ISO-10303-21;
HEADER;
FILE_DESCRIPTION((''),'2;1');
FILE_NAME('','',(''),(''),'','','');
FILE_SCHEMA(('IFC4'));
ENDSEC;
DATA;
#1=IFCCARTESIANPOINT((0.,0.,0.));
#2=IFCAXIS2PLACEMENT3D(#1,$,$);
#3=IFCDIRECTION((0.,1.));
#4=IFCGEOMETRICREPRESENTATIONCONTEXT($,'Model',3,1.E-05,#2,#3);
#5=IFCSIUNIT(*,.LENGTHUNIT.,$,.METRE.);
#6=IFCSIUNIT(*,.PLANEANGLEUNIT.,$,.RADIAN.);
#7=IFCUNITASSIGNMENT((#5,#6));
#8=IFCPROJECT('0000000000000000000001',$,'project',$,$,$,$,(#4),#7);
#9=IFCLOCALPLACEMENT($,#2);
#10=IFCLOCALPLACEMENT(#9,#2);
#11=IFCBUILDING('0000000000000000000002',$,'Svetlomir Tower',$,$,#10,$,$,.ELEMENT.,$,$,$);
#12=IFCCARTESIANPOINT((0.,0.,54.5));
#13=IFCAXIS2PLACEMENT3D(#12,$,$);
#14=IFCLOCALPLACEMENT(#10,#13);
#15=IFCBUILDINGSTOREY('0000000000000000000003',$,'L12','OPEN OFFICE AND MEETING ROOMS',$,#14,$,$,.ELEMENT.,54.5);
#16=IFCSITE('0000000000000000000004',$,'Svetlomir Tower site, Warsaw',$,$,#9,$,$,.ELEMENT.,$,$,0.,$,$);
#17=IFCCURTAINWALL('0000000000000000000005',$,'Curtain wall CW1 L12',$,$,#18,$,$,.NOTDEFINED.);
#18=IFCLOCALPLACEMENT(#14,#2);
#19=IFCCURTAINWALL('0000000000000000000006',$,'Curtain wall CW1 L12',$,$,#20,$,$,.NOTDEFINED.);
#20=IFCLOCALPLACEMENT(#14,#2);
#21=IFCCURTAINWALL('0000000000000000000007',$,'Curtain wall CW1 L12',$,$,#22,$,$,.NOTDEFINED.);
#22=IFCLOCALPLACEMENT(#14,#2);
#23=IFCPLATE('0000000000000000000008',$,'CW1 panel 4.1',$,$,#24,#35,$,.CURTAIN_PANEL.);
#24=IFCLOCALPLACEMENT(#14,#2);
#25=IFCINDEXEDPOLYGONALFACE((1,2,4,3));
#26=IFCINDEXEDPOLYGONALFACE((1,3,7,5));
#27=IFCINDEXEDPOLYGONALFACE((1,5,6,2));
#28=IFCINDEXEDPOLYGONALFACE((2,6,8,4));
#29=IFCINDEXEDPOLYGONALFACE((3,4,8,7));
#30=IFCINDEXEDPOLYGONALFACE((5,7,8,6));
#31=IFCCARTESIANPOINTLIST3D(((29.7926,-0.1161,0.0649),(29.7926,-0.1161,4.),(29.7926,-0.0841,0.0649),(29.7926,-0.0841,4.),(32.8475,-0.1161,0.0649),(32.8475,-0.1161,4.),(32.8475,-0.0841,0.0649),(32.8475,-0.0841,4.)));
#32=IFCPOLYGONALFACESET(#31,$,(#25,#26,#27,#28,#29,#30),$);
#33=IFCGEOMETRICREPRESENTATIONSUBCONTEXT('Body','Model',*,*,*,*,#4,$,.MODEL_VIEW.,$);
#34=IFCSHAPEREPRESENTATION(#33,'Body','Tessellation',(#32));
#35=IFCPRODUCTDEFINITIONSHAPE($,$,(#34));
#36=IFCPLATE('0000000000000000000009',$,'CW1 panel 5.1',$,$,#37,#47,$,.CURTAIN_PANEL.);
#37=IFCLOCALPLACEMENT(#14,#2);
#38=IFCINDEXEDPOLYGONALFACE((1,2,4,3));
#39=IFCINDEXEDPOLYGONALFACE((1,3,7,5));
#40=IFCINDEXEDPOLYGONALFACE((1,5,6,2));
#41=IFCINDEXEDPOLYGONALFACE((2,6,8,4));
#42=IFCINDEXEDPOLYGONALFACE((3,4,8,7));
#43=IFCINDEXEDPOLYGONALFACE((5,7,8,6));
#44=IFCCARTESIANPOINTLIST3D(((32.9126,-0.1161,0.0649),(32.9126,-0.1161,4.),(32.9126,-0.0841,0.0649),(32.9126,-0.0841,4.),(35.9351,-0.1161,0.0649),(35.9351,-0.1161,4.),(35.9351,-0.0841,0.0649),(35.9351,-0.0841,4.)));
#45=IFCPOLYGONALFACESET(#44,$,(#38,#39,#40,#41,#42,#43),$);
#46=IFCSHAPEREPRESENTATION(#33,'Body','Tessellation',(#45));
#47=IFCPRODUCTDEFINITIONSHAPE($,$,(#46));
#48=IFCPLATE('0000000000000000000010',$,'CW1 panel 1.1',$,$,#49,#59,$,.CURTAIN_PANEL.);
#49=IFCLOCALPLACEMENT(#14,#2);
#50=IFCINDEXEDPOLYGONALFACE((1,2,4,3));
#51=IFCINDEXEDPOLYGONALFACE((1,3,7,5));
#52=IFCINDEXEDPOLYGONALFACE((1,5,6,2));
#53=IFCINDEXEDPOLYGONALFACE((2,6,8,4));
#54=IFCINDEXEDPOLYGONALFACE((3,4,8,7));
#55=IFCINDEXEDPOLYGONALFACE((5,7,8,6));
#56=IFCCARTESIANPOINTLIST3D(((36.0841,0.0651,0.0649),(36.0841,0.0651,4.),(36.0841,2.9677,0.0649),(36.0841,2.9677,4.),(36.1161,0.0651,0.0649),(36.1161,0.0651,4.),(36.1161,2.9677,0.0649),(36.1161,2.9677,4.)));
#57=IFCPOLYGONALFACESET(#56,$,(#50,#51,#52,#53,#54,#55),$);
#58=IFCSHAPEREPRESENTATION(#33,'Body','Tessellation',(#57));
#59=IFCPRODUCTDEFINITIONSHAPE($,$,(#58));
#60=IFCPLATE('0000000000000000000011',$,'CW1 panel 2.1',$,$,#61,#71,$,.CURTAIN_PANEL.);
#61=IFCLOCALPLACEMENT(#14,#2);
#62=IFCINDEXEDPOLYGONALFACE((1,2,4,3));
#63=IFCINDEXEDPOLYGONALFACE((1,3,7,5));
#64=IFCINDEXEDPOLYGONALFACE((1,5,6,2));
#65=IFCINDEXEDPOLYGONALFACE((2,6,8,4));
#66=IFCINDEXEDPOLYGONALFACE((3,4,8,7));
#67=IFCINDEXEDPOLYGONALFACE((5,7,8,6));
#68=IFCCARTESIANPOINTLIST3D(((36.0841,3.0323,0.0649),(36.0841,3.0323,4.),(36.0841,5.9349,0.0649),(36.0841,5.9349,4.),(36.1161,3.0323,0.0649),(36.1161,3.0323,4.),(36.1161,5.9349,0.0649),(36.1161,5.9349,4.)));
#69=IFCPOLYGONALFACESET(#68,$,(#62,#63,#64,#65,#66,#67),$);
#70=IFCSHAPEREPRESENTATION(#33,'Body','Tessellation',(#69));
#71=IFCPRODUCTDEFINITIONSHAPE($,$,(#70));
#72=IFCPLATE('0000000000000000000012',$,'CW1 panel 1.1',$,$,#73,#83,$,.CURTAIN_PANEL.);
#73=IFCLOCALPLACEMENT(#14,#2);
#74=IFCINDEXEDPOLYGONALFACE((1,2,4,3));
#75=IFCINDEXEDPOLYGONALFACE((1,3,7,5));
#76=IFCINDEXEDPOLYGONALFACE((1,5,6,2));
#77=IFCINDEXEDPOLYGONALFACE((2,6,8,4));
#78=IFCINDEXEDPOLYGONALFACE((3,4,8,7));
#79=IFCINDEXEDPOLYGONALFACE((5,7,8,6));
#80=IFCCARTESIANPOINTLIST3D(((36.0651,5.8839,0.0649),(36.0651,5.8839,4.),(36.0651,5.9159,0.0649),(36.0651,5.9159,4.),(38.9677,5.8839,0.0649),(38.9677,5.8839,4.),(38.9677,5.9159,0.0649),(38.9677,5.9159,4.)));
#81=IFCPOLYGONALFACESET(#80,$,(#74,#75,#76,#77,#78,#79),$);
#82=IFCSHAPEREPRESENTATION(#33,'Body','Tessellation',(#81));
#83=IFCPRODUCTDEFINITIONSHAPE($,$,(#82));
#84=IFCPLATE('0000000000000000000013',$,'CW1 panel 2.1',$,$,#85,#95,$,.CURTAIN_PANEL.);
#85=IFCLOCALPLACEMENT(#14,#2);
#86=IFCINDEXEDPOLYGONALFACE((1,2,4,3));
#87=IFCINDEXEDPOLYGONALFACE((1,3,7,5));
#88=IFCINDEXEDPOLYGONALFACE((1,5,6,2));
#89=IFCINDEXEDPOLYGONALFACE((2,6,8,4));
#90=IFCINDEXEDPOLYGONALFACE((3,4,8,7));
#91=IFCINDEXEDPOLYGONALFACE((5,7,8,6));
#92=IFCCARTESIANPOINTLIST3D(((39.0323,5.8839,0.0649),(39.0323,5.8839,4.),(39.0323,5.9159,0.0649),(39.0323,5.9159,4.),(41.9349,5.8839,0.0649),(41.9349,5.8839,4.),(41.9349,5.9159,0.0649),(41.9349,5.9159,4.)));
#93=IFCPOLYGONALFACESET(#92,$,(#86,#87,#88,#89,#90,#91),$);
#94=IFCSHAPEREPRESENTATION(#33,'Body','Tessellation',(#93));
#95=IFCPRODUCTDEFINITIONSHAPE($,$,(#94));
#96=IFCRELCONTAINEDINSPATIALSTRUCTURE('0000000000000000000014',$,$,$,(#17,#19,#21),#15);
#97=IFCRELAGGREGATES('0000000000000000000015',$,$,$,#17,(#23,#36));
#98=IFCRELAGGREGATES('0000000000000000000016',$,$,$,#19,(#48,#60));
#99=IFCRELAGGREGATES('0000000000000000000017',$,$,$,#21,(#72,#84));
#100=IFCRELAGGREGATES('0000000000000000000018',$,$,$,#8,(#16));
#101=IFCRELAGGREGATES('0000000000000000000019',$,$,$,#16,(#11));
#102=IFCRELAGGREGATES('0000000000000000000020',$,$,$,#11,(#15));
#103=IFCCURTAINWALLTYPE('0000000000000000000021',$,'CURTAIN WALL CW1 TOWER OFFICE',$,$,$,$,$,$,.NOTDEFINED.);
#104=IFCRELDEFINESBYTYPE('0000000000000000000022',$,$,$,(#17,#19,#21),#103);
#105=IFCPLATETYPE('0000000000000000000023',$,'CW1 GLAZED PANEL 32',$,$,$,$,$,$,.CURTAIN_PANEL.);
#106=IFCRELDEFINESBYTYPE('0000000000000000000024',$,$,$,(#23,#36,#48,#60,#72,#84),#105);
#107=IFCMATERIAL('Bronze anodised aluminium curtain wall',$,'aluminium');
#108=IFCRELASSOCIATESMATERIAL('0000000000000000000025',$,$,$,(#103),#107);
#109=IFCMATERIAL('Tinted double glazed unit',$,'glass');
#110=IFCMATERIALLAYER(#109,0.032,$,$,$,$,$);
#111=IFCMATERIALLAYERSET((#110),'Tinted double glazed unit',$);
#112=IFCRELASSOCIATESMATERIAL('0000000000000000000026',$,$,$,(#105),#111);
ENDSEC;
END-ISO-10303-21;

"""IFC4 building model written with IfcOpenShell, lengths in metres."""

from ifc_helpers import new_model, si_unit, direction, frame, origin, origin_2d, place, context, subcontext, project, spatial, rectangle, extrude, material, layer, layer_set, type_object, element, aggregate, save


model = new_model("IFC4")

# Units and contexts
model_context = context("Model", 3, precision=1e-05, world=origin(), true_north=direction((0.0, 1.0)))
body_context = subcontext(model_context, "Body", "Model", "MODEL_VIEW")
ifc_project = project(units=[si_unit("LENGTHUNIT", "METRE"), si_unit("PLANEANGLEUNIT", "RADIAN")], contexts=[model_context])

# Site, building, storey
site_placement = place(None, origin())
site = spatial("IfcSite", under=ifc_project, at=site_placement, Name="Svetlomir Tower site, Warsaw", CompositionType="ELEMENT", RefElevation=0.0)
building_placement = place(site_placement, origin())
building = spatial("IfcBuilding", under=site, at=building_placement, Name="Svetlomir Tower", CompositionType="ELEMENT")
storey_placement = place(building_placement, frame((0.0, 0.0, 54.5)))
storey = spatial("IfcBuildingStorey", under=building, at=storey_placement, Name="L12", Description="OPEN OFFICE AND MEETING ROOMS", CompositionType="ELEMENT", Elevation=54.5)

# Curtain walls
ifc_material_1 = material(Name="Bronze anodised aluminium curtain wall", Category="aluminium")
curtain_wall_type = type_object("IfcCurtainWallType", Name="CURTAIN WALL CW1 TOWER OFFICE", PredefinedType="NOTDEFINED", material=ifc_material_1)
curtain_wall_1_placement = place(storey_placement, origin())
curtain_wall_1 = element("IfcCurtainWall", 1, at=curtain_wall_1_placement, inside=storey, type_object=curtain_wall_type, Name="Curtain wall CW1 L12", PredefinedType="NOTDEFINED")
curtain_wall_2_placement = place(storey_placement, origin())
curtain_wall_2 = element("IfcCurtainWall", 2, at=curtain_wall_2_placement, inside=storey, type_object=curtain_wall_type, Name="Curtain wall CW1 L12", PredefinedType="NOTDEFINED")
curtain_wall_3_placement = place(storey_placement, origin())
curtain_wall_3 = element("IfcCurtainWall", 3, at=curtain_wall_3_placement, inside=storey, type_object=curtain_wall_type, Name="Curtain wall CW1 L12", PredefinedType="NOTDEFINED")

# Plates
ifc_material_2 = material(Name="Tinted double glazed unit", Category="glass")
ifc_layer = layer(ifc_material_2, 0.032)
ifc_layer_set = layer_set([ifc_layer], Name="Tinted double glazed unit")
plate_type = type_object("IfcPlateType", Name="CW1 GLAZED PANEL 32", PredefinedType="CURTAIN_PANEL", material=ifc_layer_set)
plate_1_placement = place(storey_placement, frame((31.3201, -0.1001, 0.0649), z_axis=(0.0, 0.0, 1.0), x_axis=(1.0, 0.0, 0.0)))
plate_1 = element("IfcPlate", 4, at=plate_1_placement, type_object=plate_type, Name="CW1 panel 4.1", PredefinedType="CURTAIN_PANEL", context=body_context, shape_type="SweptSolid", body=[
    extrude(rectangle(XDim=3.0549, YDim=0.032, at=origin_2d()), origin(), (0.0, 0.0, 1.0), 3.9351),
])
plate_2_placement = place(storey_placement, frame((34.4238, -0.1001, 0.0649), z_axis=(0.0, 0.0, 1.0), x_axis=(1.0, 0.0, 0.0)))
plate_2 = element("IfcPlate", 5, at=plate_2_placement, type_object=plate_type, Name="CW1 panel 5.1", PredefinedType="CURTAIN_PANEL", context=body_context, shape_type="SweptSolid", body=[
    extrude(rectangle(XDim=3.0225, YDim=0.032, at=origin_2d()), origin(), (0.0, 0.0, 1.0), 3.9351),
])
aggregate(curtain_wall_1, [plate_1, plate_2])
plate_3_placement = place(storey_placement, frame((36.1001, 1.5164, 0.0649), z_axis=(0.0, 0.0, 1.0), x_axis=(0.0, 1.0, 0.0)))
plate_3 = element("IfcPlate", 6, at=plate_3_placement, type_object=plate_type, Name="CW1 panel 1.1", PredefinedType="CURTAIN_PANEL", context=body_context, shape_type="SweptSolid", body=[
    extrude(rectangle(XDim=2.9026, YDim=0.032, at=origin_2d()), origin(), (0.0, 0.0, 1.0), 3.9351),
])
plate_4_placement = place(storey_placement, frame((36.1001, 4.4836, 0.0649), z_axis=(0.0, 0.0, 1.0), x_axis=(0.0, 1.0, 0.0)))
plate_4 = element("IfcPlate", 7, at=plate_4_placement, type_object=plate_type, Name="CW1 panel 2.1", PredefinedType="CURTAIN_PANEL", context=body_context, shape_type="SweptSolid", body=[
    extrude(rectangle(XDim=2.9026, YDim=0.032, at=origin_2d()), origin(), (0.0, 0.0, 1.0), 3.9351),
])
aggregate(curtain_wall_2, [plate_3, plate_4])
plate_5_placement = place(storey_placement, frame((37.5164, 5.8999, 0.0649), z_axis=(0.0, 0.0, 1.0), x_axis=(1.0, 0.0, 0.0)))
plate_5 = element("IfcPlate", 8, at=plate_5_placement, type_object=plate_type, Name="CW1 panel 1.1", PredefinedType="CURTAIN_PANEL", context=body_context, shape_type="SweptSolid", body=[
    extrude(rectangle(XDim=2.9026, YDim=0.032, at=origin_2d()), origin(), (0.0, 0.0, 1.0), 3.9351),
])
plate_6_placement = place(storey_placement, frame((40.4836, 5.8999, 0.0649), z_axis=(0.0, 0.0, 1.0), x_axis=(1.0, 0.0, 0.0)))
plate_6 = element("IfcPlate", 9, at=plate_6_placement, type_object=plate_type, Name="CW1 panel 2.1", PredefinedType="CURTAIN_PANEL", context=body_context, shape_type="SweptSolid", body=[
    extrude(rectangle(XDim=2.9026, YDim=0.032, at=origin_2d()), origin(), (0.0, 0.0, 1.0), 3.9351),
])
aggregate(curtain_wall_3, [plate_5, plate_6])

save(model, "model.ifc")
